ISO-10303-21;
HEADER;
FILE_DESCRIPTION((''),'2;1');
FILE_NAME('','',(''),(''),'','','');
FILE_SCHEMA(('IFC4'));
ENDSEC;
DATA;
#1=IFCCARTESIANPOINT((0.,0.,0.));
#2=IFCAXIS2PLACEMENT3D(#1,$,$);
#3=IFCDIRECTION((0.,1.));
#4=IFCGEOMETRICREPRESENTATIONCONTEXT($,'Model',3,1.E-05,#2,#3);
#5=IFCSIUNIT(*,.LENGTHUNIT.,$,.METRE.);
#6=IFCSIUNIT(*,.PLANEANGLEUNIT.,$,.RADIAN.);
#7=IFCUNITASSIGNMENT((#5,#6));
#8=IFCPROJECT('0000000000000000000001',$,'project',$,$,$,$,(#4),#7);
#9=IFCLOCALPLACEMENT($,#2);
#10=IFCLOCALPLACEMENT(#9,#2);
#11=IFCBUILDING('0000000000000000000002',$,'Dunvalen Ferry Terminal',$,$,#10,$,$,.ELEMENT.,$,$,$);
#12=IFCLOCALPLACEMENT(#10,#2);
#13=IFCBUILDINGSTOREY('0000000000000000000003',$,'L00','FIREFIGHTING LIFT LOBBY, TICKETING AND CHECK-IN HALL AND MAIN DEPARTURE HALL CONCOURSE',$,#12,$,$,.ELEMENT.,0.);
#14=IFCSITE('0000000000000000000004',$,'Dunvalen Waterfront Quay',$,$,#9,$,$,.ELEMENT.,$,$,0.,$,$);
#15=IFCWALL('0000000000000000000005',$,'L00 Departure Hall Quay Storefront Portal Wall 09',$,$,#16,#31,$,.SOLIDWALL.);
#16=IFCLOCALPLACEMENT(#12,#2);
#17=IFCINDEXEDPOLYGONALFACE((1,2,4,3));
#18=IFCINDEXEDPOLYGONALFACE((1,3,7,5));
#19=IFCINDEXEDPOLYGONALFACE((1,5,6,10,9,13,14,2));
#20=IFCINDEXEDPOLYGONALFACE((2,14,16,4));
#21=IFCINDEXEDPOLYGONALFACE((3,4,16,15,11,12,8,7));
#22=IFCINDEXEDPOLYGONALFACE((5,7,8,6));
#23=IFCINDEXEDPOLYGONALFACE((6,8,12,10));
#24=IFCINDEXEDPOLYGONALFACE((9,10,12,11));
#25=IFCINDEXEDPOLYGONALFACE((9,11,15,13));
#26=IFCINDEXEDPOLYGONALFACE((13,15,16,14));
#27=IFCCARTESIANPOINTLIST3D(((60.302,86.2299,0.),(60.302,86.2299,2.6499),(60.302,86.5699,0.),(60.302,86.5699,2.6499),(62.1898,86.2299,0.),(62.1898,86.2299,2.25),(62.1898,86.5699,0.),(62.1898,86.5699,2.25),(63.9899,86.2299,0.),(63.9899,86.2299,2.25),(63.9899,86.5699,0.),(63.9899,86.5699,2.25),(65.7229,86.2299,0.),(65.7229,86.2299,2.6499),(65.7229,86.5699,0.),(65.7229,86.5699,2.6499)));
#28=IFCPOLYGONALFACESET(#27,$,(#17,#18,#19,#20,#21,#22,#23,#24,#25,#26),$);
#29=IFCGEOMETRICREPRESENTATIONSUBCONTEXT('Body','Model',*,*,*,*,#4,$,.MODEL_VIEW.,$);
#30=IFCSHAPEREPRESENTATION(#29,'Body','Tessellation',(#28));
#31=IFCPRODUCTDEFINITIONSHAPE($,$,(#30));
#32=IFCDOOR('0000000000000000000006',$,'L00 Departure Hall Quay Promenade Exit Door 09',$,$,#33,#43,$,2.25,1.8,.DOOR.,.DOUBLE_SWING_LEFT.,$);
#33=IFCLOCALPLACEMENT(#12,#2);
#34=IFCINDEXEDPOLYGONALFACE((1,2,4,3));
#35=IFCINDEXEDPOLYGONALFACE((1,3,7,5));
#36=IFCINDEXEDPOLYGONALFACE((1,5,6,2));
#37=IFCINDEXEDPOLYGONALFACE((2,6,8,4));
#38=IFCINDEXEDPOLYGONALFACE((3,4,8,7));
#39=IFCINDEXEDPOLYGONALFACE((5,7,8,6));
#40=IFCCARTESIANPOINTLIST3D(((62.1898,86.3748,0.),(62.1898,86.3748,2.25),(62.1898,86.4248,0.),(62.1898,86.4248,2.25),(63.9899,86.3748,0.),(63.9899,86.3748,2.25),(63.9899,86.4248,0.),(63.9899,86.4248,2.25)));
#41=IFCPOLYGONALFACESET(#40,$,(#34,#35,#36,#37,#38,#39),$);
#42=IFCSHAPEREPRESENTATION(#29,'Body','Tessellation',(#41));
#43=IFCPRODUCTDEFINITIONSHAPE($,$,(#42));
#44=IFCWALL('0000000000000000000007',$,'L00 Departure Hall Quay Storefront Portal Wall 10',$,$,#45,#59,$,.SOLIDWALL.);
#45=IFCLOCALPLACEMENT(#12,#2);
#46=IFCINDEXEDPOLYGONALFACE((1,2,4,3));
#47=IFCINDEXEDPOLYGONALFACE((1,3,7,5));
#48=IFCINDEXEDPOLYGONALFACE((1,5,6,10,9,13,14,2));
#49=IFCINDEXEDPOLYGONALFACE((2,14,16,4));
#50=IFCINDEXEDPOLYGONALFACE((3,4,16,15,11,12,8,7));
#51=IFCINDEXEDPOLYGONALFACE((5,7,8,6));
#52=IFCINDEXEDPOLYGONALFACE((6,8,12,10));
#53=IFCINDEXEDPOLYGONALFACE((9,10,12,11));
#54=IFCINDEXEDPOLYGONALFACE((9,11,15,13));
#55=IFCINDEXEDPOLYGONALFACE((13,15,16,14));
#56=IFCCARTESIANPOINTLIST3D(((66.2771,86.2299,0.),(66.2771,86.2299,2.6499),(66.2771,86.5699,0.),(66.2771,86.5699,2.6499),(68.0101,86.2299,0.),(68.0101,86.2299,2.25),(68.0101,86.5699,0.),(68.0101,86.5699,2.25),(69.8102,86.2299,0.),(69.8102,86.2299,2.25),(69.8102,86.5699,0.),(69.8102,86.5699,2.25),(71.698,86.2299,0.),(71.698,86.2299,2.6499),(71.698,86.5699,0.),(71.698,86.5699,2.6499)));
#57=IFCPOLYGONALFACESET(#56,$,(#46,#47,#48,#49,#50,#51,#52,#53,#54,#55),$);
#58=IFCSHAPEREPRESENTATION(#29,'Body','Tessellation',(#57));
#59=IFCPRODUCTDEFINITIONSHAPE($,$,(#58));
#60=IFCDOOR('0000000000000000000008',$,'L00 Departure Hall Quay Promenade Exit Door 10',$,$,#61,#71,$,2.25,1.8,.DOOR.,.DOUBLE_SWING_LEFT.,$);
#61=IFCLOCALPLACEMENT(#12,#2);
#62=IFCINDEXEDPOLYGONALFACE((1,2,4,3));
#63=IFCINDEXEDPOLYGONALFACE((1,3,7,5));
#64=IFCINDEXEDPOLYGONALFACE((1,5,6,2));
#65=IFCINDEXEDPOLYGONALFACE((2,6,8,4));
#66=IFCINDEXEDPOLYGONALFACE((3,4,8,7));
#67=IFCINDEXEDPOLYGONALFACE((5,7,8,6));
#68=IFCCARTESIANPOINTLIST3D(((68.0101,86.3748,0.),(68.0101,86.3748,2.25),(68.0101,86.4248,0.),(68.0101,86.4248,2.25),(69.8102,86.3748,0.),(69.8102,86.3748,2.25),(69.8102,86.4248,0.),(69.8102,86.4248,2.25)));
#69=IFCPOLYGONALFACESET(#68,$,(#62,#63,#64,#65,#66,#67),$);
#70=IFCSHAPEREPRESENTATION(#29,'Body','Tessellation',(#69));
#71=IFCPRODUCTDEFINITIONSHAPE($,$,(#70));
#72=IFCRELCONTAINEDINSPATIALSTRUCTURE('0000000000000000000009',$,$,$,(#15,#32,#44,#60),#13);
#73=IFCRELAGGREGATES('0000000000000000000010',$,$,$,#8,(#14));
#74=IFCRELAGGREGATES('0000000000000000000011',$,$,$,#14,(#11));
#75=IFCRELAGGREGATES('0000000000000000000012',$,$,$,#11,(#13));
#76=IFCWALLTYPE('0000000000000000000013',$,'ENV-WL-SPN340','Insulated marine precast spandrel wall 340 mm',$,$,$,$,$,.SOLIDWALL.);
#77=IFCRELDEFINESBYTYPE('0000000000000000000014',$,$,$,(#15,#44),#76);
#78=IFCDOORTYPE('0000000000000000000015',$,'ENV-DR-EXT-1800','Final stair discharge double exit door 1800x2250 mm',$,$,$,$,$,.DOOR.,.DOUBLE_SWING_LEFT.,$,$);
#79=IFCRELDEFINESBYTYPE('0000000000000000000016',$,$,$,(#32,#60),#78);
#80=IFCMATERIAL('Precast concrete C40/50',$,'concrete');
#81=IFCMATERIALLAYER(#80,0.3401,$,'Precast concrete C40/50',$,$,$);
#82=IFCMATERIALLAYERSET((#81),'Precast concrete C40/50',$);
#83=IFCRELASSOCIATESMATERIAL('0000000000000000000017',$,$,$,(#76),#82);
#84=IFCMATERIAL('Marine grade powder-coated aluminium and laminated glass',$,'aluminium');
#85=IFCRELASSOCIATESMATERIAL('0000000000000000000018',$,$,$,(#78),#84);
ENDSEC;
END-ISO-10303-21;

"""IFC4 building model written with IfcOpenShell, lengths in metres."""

from ifc_helpers import new_model, si_unit, direction, frame, frame_2d, origin, place, context, subcontext, project, spatial, rectangle, extrude, material, layer, layer_set, type_object, element, fill, save


model = new_model("IFC4")

# Units and contexts
model_context = context("Model", 3, precision=1e-05, world=origin(), true_north=direction((0.0, 1.0)))
body_context = subcontext(model_context, "Body", "Model", "MODEL_VIEW")
ifc_project = project(units=[si_unit("LENGTHUNIT", "METRE"), si_unit("PLANEANGLEUNIT", "RADIAN")], contexts=[model_context])

# Site, building, storey
site_placement = place(None, origin())
site = spatial("IfcSite", under=ifc_project, at=site_placement, Name="Dunvalen Waterfront Quay", CompositionType="ELEMENT", RefElevation=0.0)
building_placement = place(site_placement, origin())
building = spatial("IfcBuilding", under=site, at=building_placement, Name="Dunvalen Ferry Terminal", CompositionType="ELEMENT")
storey_placement = place(building_placement, origin())
storey = spatial("IfcBuildingStorey", under=building, at=storey_placement, Name="L00", Description="FIREFIGHTING LIFT LOBBY, TICKETING AND CHECK-IN HALL AND MAIN DEPARTURE HALL CONCOURSE", CompositionType="ELEMENT", Elevation=0.0)

# Walls, openings, doors
ifc_material_1 = material(Name="Precast concrete C40/50", Category="concrete")
ifc_layer_1 = layer(ifc_material_1, 0.3401, Name="Precast concrete C40/50")
ifc_layer_set_1 = layer_set([ifc_layer_1], Name="Precast concrete C40/50")
wall_type = type_object("IfcWallType", Name="ENV-WL-SPN340", Description="Insulated marine precast spandrel wall 340 mm", PredefinedType="SOLIDWALL", material=ifc_layer_set_1)
wall_1_placement = place(storey_placement, frame((60.302, 86.3999, 0.0), z_axis=(0.0, 0.0, 1.0), x_axis=(1.0, 0.0, 0.0)))
wall_1 = element("IfcWall", 1, at=wall_1_placement, inside=storey, type_object=wall_type, Name="L00 Departure Hall Quay Storefront Portal Wall 09", PredefinedType="SOLIDWALL", context=body_context, shape_type="SweptSolid", body=[
    extrude(rectangle(XDim=5.4209, YDim=0.3401, at=frame_2d((2.7104, 0.0))), origin(), (0.0, 0.0, 1.0), 2.6499),
])
opening_1_placement = place(wall_1_placement, frame((1.8879, 0.0, 0.0)))
opening_1 = element("IfcOpeningElement", 2, at=opening_1_placement, cuts=wall_1, PredefinedType="OPENING", context=body_context, shape_type="SweptSolid", body=[
    extrude(rectangle(XDim=1.8, YDim=2.25, at=frame_2d((0.8999, 1.125))), frame((0.0, 0.1802, 0.0), z_axis=(0.0, -1.0, 0.0), x_axis=(1.0, 0.0, 0.0)), (0.0, 0.0, 1.0), 0.3601),
])
ifc_material_2 = material(Name="Marine grade powder-coated aluminium and laminated glass", Category="aluminium")
door_type = type_object("IfcDoorType", Name="ENV-DR-EXT-1800", Description="Final stair discharge double exit door 1800x2250 mm", OperationType="DOUBLE_SWING_LEFT", PredefinedType="DOOR", material=ifc_material_2)
door_1_placement = place(opening_1_placement, origin())
door_1 = element("IfcDoor", 3, at=door_1_placement, inside=storey, type_object=door_type, Name="L00 Departure Hall Quay Promenade Exit Door 09", OperationType="DOUBLE_SWING_LEFT", OverallHeight=2.25, OverallWidth=1.8, PredefinedType="DOOR", context=body_context, shape_type="SweptSolid", body=[
    extrude(rectangle(XDim=1.8, YDim=2.25, at=frame_2d((0.8999, 1.125))), frame((0.0, 0.0249, 0.0), z_axis=(0.0, -1.0, 0.0), x_axis=(1.0, 0.0, 0.0)), (0.0, 0.0, 1.0), 0.05),
])
fill(opening_1, door_1)
wall_2_placement = place(storey_placement, frame((66.2771, 86.3999, 0.0), z_axis=(0.0, 0.0, 1.0), x_axis=(1.0, 0.0, 0.0)))
wall_2 = element("IfcWall", 4, at=wall_2_placement, inside=storey, type_object=wall_type, Name="L00 Departure Hall Quay Storefront Portal Wall 10", PredefinedType="SOLIDWALL", context=body_context, shape_type="SweptSolid", body=[
    extrude(rectangle(XDim=5.4209, YDim=0.3401, at=frame_2d((2.7104, 0.0))), origin(), (0.0, 0.0, 1.0), 2.6499),
])
opening_2_placement = place(wall_2_placement, frame((1.7332, 0.0, 0.0)))
opening_2 = element("IfcOpeningElement", 5, at=opening_2_placement, cuts=wall_2, PredefinedType="OPENING", context=body_context, shape_type="SweptSolid", body=[
    extrude(rectangle(XDim=1.8, YDim=2.25, at=frame_2d((0.8999, 1.125))), frame((0.0, 0.1802, 0.0), z_axis=(0.0, -1.0, 0.0), x_axis=(1.0, 0.0, 0.0)), (0.0, 0.0, 1.0), 0.3601),
])
door_2_placement = place(opening_2_placement, origin())
door_2 = element("IfcDoor", 6, at=door_2_placement, inside=storey, type_object=door_type, Name="L00 Departure Hall Quay Promenade Exit Door 10", OperationType="DOUBLE_SWING_LEFT", OverallHeight=2.25, OverallWidth=1.8, PredefinedType="DOOR", context=body_context, shape_type="SweptSolid", body=[
    extrude(rectangle(XDim=1.8, YDim=2.25, at=frame_2d((0.8999, 1.125))), frame((0.0, 0.0249, 0.0), z_axis=(0.0, -1.0, 0.0), x_axis=(1.0, 0.0, 0.0)), (0.0, 0.0, 1.0), 0.05),
])
fill(opening_2, door_2)

save(model, "model.ifc")
